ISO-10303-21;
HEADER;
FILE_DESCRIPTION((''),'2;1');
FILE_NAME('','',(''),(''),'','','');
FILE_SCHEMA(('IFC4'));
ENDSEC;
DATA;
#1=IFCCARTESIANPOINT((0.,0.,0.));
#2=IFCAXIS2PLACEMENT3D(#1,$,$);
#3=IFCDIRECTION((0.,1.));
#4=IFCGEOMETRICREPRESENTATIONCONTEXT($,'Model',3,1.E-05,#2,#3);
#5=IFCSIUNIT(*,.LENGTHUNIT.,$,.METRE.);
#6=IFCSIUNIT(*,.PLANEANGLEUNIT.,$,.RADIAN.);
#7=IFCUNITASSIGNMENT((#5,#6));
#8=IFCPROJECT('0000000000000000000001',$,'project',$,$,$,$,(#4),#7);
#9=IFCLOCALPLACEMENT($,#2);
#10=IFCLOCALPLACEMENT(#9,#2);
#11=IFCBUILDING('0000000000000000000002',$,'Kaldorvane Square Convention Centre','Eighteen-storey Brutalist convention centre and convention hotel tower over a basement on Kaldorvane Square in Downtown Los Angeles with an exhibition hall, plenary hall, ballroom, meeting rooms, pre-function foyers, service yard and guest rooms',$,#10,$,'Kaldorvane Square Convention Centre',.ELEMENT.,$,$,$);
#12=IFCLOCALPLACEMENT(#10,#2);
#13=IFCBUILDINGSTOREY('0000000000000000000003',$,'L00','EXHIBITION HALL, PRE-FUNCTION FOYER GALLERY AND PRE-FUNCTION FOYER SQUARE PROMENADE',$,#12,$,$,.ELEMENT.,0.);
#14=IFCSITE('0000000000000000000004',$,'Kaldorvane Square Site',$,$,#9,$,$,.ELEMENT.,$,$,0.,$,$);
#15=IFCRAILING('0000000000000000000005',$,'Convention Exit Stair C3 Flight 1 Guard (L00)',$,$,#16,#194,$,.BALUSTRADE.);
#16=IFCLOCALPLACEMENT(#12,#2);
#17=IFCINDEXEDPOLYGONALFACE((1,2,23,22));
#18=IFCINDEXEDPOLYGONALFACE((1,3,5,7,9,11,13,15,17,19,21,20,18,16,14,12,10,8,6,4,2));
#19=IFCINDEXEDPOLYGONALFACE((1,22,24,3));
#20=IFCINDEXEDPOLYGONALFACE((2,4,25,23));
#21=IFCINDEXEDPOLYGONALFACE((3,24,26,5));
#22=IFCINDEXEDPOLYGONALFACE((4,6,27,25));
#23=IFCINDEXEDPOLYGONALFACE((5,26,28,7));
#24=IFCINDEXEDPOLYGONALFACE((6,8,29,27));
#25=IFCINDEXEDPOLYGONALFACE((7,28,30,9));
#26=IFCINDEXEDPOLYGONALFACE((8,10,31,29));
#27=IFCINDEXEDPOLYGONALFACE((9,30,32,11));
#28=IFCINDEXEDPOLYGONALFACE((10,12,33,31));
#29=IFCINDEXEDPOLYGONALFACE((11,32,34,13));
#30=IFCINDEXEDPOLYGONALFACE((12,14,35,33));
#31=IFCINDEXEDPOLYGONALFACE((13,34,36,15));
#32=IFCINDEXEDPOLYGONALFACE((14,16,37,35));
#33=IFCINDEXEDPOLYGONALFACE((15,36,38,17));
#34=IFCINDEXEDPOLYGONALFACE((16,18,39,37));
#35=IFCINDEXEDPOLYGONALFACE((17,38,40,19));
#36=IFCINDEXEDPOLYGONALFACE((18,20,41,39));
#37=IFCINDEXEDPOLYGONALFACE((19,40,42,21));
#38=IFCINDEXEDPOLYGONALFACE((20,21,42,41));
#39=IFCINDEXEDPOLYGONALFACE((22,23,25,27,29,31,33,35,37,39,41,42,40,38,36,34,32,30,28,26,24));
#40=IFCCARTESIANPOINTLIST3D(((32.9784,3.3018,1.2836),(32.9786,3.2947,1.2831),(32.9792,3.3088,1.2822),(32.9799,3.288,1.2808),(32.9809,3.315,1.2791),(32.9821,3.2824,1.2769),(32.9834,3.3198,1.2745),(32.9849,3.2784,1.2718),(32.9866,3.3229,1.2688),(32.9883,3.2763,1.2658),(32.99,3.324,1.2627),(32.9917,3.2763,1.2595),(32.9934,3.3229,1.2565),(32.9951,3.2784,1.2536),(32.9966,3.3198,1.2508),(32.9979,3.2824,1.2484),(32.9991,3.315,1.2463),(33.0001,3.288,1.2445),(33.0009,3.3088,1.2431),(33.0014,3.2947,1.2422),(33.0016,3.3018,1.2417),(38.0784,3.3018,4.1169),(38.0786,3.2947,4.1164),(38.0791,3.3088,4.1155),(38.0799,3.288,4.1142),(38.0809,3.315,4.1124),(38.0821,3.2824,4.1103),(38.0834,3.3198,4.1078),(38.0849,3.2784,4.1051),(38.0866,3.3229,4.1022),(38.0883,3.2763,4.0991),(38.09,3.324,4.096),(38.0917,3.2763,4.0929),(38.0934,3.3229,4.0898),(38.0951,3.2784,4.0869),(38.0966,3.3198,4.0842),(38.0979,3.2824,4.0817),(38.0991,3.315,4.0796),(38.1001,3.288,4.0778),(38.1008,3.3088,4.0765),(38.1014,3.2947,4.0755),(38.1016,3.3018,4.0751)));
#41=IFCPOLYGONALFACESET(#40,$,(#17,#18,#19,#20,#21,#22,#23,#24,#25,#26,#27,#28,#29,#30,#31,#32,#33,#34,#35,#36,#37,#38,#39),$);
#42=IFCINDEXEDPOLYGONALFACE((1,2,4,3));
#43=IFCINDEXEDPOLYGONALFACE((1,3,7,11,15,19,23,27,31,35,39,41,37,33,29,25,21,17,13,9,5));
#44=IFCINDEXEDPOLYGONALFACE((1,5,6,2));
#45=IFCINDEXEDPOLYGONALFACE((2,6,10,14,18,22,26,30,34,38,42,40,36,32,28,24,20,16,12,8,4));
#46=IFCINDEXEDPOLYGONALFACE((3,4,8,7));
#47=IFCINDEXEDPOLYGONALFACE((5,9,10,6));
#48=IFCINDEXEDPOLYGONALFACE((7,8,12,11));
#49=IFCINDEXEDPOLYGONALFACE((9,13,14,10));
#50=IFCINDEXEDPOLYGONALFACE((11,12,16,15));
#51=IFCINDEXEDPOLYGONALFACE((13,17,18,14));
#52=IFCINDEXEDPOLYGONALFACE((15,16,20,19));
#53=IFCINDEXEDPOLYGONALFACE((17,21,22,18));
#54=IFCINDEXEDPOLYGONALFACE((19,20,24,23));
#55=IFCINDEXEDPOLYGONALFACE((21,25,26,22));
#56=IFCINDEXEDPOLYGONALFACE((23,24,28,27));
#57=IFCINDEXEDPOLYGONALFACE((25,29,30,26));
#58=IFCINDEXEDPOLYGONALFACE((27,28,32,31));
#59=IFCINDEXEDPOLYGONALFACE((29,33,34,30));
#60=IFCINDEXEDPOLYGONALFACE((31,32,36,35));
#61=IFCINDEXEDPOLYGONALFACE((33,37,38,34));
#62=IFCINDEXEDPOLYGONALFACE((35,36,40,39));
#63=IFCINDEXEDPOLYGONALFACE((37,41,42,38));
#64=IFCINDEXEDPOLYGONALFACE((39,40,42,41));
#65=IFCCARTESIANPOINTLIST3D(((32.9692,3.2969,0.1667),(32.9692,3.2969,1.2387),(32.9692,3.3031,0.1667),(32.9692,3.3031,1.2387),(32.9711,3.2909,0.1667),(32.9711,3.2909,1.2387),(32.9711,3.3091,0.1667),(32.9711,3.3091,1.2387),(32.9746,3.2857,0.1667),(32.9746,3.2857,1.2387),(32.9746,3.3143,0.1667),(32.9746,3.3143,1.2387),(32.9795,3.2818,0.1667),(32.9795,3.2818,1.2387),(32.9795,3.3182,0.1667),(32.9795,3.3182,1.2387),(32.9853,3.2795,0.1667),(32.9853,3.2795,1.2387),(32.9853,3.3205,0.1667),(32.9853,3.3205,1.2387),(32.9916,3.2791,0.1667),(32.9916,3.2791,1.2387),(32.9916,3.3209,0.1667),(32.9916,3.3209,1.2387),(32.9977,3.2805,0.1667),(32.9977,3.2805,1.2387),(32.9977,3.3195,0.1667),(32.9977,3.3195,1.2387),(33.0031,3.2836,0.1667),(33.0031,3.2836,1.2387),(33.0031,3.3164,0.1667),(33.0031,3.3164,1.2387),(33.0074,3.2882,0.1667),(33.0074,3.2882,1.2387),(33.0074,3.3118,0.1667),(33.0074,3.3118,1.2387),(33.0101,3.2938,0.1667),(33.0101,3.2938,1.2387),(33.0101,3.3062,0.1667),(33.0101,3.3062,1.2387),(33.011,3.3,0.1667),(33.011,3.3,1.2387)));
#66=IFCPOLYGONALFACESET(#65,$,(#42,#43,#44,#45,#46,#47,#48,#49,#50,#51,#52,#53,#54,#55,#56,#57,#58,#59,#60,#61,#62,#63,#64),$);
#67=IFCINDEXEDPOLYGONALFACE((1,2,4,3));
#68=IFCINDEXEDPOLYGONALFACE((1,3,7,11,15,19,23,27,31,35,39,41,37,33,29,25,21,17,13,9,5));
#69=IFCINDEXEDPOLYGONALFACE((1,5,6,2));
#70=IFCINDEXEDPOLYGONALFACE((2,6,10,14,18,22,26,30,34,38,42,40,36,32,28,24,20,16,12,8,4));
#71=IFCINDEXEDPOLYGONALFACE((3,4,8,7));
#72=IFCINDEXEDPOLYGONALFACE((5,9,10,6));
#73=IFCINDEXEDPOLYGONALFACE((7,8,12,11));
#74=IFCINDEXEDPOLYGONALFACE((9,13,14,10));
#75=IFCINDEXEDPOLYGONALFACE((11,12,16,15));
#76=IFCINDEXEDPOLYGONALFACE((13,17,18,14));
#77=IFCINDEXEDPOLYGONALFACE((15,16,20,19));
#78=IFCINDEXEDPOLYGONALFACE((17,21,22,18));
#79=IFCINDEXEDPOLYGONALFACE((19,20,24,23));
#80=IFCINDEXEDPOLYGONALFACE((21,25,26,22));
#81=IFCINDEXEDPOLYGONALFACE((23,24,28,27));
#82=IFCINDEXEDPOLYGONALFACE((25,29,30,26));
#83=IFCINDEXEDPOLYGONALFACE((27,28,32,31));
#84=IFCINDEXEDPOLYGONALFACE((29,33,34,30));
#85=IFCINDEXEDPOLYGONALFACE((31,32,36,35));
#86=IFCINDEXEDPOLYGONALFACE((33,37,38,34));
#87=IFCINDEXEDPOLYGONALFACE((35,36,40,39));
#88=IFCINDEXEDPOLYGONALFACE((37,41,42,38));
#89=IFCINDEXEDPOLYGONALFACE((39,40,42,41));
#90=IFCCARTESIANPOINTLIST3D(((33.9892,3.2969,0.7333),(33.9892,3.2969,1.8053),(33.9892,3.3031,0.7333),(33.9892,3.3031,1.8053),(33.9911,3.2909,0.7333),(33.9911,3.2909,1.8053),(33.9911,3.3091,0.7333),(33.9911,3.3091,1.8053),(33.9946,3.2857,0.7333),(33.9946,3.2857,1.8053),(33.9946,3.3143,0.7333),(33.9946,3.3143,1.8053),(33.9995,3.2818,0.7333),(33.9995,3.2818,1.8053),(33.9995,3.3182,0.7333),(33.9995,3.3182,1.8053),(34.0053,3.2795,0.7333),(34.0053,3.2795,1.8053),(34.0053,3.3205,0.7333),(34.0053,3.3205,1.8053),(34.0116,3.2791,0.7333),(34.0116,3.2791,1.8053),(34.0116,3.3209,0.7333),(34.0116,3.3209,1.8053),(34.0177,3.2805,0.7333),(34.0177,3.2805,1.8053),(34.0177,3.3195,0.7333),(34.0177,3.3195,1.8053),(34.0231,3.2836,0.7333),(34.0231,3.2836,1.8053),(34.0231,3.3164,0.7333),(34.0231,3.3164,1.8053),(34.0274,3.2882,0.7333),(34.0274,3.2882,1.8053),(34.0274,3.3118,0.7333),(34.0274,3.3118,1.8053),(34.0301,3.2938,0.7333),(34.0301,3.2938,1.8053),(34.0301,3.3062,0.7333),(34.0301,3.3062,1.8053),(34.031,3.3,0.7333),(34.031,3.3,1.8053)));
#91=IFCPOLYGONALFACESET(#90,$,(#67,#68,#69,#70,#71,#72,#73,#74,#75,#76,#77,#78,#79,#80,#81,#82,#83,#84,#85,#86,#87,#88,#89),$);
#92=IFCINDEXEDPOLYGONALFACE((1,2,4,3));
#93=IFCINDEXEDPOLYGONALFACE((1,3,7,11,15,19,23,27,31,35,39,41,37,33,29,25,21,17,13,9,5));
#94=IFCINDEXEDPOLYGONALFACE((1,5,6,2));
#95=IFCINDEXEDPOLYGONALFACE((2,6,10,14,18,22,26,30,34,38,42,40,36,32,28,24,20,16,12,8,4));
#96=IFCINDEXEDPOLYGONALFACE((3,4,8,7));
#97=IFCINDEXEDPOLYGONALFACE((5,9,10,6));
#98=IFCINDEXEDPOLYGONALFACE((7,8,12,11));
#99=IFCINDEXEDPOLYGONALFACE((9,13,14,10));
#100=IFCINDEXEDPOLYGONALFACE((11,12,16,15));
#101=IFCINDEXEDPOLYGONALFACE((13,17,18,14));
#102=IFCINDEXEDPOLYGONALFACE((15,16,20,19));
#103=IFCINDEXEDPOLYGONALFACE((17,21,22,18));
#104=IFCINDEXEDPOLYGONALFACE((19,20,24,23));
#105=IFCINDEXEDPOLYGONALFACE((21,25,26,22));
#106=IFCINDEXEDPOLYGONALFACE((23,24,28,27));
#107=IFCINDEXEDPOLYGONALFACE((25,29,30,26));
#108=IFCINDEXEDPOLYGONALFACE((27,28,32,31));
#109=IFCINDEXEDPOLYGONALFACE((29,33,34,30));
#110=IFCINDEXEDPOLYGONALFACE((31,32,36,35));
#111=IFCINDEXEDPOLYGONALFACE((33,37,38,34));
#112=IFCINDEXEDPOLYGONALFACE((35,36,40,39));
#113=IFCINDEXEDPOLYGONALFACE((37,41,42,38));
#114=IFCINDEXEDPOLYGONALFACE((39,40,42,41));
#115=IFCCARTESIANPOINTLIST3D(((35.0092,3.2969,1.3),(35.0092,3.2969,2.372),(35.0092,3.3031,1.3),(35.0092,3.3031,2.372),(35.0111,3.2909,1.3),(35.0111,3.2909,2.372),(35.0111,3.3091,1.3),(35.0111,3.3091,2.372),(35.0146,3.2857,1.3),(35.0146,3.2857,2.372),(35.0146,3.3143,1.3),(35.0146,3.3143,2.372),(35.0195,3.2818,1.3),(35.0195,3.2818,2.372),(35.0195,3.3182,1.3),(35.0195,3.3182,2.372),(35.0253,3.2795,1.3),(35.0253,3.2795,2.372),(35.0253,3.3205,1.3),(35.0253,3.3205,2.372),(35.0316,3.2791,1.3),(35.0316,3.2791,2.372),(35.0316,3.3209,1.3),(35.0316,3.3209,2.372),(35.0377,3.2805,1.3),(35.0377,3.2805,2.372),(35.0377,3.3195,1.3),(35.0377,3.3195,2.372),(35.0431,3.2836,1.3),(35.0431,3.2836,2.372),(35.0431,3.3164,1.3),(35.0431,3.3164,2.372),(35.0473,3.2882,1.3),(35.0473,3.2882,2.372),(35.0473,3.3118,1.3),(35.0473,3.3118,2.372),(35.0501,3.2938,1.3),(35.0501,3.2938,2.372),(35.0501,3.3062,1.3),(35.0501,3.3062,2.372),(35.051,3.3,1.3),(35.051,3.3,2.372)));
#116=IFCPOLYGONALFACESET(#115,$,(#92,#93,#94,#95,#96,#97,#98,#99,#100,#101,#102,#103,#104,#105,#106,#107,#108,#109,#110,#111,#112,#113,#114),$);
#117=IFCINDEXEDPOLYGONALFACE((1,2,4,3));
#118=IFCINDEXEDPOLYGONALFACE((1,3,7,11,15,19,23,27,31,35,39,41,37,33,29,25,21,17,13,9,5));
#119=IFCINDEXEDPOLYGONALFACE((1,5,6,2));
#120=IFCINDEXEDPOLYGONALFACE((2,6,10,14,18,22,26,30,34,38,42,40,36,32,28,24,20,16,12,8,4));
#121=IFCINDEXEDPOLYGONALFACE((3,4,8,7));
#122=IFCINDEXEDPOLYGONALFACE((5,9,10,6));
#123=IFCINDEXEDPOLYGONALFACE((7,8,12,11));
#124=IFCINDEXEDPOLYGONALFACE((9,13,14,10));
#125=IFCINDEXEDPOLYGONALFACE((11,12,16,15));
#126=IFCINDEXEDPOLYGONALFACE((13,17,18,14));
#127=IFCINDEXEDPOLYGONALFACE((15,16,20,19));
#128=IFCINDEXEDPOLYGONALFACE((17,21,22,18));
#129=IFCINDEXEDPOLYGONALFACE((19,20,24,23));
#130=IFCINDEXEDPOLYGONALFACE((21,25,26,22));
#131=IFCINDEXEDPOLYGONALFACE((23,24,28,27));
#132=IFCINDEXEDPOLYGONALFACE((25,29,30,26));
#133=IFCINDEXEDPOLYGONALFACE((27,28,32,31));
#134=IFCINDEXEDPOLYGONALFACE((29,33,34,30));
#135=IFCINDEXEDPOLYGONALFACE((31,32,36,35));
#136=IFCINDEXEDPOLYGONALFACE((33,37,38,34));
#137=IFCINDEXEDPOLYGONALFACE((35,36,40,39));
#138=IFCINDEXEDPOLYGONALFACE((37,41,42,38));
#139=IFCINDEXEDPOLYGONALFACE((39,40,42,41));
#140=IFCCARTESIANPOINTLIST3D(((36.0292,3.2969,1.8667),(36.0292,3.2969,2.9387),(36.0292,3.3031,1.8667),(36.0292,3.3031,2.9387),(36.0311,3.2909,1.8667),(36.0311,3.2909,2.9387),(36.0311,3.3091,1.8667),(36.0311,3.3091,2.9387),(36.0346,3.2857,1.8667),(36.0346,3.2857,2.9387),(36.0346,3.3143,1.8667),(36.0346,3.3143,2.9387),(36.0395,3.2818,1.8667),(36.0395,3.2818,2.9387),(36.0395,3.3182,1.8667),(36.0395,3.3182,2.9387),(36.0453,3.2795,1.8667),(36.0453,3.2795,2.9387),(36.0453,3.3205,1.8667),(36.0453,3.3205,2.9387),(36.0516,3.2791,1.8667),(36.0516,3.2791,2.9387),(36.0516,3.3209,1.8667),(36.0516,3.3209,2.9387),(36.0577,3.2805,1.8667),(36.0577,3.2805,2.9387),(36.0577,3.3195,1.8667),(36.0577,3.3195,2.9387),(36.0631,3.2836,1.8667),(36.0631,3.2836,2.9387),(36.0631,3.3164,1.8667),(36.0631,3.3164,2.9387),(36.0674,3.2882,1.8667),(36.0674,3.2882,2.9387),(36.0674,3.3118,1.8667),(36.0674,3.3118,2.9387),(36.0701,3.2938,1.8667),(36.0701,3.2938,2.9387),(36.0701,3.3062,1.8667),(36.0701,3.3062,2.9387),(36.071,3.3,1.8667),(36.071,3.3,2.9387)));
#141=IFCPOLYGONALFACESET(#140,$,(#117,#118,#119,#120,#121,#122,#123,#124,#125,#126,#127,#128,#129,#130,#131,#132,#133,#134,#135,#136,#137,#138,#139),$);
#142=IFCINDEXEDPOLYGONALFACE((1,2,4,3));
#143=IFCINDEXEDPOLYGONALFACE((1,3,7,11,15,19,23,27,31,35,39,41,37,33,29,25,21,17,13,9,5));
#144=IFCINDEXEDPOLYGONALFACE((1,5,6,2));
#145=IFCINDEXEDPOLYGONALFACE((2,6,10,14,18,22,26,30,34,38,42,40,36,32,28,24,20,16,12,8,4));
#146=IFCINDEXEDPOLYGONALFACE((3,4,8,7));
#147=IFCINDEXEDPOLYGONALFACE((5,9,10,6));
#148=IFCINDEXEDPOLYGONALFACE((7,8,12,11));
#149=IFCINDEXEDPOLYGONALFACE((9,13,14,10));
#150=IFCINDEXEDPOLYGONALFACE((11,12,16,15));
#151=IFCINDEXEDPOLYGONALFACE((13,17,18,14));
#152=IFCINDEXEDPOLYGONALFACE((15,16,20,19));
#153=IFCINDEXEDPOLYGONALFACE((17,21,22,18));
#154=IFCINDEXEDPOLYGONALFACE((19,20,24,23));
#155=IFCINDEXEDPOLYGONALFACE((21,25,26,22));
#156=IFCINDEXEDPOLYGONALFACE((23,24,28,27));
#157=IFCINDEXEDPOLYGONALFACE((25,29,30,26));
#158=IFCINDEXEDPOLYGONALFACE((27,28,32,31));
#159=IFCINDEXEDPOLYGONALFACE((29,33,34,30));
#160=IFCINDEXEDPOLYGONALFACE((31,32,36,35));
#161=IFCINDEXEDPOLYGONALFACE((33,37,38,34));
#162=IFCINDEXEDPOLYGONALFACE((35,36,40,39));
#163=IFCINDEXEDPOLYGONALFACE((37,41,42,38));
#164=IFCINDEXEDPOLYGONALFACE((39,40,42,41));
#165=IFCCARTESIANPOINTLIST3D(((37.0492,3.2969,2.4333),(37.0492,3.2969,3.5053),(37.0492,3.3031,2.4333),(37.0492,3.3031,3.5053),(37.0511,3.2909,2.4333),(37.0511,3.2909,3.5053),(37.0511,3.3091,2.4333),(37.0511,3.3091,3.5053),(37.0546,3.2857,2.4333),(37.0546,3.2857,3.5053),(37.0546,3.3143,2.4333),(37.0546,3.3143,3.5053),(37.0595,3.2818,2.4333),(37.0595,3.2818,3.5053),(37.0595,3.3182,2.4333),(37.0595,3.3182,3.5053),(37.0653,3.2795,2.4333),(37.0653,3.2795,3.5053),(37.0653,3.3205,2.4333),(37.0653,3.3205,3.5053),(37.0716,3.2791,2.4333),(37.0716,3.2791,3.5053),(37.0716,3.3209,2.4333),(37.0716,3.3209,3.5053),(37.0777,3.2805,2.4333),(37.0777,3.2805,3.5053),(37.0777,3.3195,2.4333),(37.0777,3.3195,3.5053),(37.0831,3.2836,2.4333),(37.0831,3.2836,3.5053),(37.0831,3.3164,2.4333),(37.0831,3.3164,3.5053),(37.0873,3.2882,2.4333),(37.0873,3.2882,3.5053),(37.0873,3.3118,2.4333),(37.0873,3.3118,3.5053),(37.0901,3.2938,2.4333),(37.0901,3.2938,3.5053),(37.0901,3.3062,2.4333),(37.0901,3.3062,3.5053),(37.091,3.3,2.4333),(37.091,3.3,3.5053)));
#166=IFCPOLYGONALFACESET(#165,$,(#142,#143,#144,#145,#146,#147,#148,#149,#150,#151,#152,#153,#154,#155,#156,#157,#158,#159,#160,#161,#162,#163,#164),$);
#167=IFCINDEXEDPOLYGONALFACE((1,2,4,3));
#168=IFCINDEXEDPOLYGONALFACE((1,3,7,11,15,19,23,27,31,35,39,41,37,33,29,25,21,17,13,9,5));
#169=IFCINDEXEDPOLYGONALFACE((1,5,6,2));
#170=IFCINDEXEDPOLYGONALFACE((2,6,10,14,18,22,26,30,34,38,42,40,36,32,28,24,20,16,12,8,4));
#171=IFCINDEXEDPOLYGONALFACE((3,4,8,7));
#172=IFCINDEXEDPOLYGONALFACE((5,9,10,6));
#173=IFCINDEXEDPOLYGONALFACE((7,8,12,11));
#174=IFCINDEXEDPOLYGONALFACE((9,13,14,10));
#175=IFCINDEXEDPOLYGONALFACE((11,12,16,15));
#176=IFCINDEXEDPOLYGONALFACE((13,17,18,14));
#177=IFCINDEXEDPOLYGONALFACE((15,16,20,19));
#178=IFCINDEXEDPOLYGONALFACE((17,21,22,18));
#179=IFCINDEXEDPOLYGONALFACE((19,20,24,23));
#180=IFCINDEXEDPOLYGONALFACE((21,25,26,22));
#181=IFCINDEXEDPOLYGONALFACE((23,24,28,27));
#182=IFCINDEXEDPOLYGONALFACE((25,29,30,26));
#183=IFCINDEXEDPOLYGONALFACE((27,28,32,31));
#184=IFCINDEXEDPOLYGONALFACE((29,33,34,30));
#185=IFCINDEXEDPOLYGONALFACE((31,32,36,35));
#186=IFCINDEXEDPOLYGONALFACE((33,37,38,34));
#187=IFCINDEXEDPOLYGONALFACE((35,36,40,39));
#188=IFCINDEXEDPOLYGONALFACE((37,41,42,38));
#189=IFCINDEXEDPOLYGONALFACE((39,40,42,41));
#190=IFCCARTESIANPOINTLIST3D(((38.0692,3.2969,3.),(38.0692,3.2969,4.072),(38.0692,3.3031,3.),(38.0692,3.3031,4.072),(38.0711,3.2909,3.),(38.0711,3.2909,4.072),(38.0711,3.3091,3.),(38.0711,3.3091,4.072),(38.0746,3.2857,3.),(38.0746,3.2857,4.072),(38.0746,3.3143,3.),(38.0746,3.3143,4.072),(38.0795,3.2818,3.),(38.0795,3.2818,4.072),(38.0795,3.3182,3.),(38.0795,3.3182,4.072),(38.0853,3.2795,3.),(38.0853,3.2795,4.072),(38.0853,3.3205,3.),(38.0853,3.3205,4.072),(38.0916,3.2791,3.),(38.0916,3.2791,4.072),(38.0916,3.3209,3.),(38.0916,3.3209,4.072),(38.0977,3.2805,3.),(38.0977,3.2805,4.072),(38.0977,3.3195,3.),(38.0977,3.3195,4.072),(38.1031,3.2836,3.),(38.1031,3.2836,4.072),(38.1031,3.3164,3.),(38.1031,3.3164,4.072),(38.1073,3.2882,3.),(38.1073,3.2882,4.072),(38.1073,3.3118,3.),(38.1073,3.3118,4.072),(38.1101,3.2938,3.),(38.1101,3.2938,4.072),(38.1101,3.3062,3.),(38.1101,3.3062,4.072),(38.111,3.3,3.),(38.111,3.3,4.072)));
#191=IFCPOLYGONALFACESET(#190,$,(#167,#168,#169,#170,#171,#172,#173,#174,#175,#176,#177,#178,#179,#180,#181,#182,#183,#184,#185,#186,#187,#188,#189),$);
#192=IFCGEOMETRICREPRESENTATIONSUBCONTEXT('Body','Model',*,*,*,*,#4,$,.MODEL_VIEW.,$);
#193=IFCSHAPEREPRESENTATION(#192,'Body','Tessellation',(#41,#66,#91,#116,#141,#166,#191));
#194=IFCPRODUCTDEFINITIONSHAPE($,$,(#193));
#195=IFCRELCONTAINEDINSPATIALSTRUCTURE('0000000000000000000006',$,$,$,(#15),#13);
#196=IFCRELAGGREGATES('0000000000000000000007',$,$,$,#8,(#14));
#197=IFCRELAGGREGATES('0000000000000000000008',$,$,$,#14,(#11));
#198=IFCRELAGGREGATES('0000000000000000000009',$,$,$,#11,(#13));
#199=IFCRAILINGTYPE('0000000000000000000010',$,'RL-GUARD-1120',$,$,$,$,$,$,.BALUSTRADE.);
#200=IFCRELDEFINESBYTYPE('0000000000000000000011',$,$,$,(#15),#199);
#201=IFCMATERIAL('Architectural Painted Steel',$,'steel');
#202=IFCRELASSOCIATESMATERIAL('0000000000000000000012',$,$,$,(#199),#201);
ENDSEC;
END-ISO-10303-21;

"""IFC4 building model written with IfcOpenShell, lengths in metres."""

from ifc_helpers import new_model, si_unit, direction, frame, origin, origin_2d, place, context, subcontext, project, spatial, circle, extrude, material, type_object, element, save


model = new_model("IFC4")

# Units and contexts
model_context = context("Model", 3, precision=1e-05, world=origin(), true_north=direction((0.0, 1.0)))
body_context = subcontext(model_context, "Body", "Model", "MODEL_VIEW")
ifc_project = project(units=[si_unit("LENGTHUNIT", "METRE"), si_unit("PLANEANGLEUNIT", "RADIAN")], contexts=[model_context])

# Site, building, storey
site_placement = place(None, origin())
site = spatial("IfcSite", under=ifc_project, at=site_placement, Name="Kaldorvane Square Site", CompositionType="ELEMENT", RefElevation=0.0)
building_placement = place(site_placement, origin())
building = spatial("IfcBuilding", under=site, at=building_placement, Name="Kaldorvane Square Convention Centre", Description="Eighteen-storey Brutalist convention centre and convention hotel tower over a basement on Kaldorvane Square in Downtown Los Angeles with an exhibition hall, plenary hall, ballroom, meeting rooms, pre-function foyers, service yard and guest rooms", LongName="Kaldorvane Square Convention Centre", CompositionType="ELEMENT")
storey_placement = place(building_placement, origin())
storey = spatial("IfcBuildingStorey", under=building, at=storey_placement, Name="L00", Description="EXHIBITION HALL, PRE-FUNCTION FOYER GALLERY AND PRE-FUNCTION FOYER SQUARE PROMENADE", CompositionType="ELEMENT", Elevation=0.0)

# Railing
ifc_material_1 = material(Name="Architectural Painted Steel", Category="steel")
railing_type_1 = type_object("IfcRailingType", Name="RL-GUARD-1120", PredefinedType="BALUSTRADE", material=ifc_material_1)
railing_1_placement = place(storey_placement, frame((32.99, 3.3, 0.1667)))
element("IfcRailing", 1, at=railing_1_placement, inside=storey, type_object=railing_type_1, Name="Convention Exit Stair C3 Flight 1 Guard (L00)", PredefinedType="BALUSTRADE", context=body_context, shape_type="SweptSolid", body=[
    extrude(circle(Radius=0.024, at=origin_2d()), frame((0.0, 0.0, 1.096), z_axis=(0.874157, 0.0, 0.485643), x_axis=(0.0, 1.0, 0.0)), (0.0, 0.0, 1.0), 5.8342),
    extrude(circle(Radius=0.021, at=origin_2d()), origin(), (0.0, 0.0, 1.0), 1.072),
    extrude(circle(Radius=0.021, at=origin_2d()), frame((1.02, 0.0, 0.5667)), (0.0, 0.0, 1.0), 1.072),
    extrude(circle(Radius=0.021, at=origin_2d()), frame((2.04, 0.0, 1.1333)), (0.0, 0.0, 1.0), 1.072),
    extrude(circle(Radius=0.021, at=origin_2d()), frame((3.06, 0.0, 1.7)), (0.0, 0.0, 1.0), 1.072),
    extrude(circle(Radius=0.021, at=origin_2d()), frame((4.08, 0.0, 2.2667)), (0.0, 0.0, 1.0), 1.072),
    extrude(circle(Radius=0.021, at=origin_2d()), frame((5.1, 0.0, 2.8333)), (0.0, 0.0, 1.0), 1.072),
])

save(model, "model.ifc")
